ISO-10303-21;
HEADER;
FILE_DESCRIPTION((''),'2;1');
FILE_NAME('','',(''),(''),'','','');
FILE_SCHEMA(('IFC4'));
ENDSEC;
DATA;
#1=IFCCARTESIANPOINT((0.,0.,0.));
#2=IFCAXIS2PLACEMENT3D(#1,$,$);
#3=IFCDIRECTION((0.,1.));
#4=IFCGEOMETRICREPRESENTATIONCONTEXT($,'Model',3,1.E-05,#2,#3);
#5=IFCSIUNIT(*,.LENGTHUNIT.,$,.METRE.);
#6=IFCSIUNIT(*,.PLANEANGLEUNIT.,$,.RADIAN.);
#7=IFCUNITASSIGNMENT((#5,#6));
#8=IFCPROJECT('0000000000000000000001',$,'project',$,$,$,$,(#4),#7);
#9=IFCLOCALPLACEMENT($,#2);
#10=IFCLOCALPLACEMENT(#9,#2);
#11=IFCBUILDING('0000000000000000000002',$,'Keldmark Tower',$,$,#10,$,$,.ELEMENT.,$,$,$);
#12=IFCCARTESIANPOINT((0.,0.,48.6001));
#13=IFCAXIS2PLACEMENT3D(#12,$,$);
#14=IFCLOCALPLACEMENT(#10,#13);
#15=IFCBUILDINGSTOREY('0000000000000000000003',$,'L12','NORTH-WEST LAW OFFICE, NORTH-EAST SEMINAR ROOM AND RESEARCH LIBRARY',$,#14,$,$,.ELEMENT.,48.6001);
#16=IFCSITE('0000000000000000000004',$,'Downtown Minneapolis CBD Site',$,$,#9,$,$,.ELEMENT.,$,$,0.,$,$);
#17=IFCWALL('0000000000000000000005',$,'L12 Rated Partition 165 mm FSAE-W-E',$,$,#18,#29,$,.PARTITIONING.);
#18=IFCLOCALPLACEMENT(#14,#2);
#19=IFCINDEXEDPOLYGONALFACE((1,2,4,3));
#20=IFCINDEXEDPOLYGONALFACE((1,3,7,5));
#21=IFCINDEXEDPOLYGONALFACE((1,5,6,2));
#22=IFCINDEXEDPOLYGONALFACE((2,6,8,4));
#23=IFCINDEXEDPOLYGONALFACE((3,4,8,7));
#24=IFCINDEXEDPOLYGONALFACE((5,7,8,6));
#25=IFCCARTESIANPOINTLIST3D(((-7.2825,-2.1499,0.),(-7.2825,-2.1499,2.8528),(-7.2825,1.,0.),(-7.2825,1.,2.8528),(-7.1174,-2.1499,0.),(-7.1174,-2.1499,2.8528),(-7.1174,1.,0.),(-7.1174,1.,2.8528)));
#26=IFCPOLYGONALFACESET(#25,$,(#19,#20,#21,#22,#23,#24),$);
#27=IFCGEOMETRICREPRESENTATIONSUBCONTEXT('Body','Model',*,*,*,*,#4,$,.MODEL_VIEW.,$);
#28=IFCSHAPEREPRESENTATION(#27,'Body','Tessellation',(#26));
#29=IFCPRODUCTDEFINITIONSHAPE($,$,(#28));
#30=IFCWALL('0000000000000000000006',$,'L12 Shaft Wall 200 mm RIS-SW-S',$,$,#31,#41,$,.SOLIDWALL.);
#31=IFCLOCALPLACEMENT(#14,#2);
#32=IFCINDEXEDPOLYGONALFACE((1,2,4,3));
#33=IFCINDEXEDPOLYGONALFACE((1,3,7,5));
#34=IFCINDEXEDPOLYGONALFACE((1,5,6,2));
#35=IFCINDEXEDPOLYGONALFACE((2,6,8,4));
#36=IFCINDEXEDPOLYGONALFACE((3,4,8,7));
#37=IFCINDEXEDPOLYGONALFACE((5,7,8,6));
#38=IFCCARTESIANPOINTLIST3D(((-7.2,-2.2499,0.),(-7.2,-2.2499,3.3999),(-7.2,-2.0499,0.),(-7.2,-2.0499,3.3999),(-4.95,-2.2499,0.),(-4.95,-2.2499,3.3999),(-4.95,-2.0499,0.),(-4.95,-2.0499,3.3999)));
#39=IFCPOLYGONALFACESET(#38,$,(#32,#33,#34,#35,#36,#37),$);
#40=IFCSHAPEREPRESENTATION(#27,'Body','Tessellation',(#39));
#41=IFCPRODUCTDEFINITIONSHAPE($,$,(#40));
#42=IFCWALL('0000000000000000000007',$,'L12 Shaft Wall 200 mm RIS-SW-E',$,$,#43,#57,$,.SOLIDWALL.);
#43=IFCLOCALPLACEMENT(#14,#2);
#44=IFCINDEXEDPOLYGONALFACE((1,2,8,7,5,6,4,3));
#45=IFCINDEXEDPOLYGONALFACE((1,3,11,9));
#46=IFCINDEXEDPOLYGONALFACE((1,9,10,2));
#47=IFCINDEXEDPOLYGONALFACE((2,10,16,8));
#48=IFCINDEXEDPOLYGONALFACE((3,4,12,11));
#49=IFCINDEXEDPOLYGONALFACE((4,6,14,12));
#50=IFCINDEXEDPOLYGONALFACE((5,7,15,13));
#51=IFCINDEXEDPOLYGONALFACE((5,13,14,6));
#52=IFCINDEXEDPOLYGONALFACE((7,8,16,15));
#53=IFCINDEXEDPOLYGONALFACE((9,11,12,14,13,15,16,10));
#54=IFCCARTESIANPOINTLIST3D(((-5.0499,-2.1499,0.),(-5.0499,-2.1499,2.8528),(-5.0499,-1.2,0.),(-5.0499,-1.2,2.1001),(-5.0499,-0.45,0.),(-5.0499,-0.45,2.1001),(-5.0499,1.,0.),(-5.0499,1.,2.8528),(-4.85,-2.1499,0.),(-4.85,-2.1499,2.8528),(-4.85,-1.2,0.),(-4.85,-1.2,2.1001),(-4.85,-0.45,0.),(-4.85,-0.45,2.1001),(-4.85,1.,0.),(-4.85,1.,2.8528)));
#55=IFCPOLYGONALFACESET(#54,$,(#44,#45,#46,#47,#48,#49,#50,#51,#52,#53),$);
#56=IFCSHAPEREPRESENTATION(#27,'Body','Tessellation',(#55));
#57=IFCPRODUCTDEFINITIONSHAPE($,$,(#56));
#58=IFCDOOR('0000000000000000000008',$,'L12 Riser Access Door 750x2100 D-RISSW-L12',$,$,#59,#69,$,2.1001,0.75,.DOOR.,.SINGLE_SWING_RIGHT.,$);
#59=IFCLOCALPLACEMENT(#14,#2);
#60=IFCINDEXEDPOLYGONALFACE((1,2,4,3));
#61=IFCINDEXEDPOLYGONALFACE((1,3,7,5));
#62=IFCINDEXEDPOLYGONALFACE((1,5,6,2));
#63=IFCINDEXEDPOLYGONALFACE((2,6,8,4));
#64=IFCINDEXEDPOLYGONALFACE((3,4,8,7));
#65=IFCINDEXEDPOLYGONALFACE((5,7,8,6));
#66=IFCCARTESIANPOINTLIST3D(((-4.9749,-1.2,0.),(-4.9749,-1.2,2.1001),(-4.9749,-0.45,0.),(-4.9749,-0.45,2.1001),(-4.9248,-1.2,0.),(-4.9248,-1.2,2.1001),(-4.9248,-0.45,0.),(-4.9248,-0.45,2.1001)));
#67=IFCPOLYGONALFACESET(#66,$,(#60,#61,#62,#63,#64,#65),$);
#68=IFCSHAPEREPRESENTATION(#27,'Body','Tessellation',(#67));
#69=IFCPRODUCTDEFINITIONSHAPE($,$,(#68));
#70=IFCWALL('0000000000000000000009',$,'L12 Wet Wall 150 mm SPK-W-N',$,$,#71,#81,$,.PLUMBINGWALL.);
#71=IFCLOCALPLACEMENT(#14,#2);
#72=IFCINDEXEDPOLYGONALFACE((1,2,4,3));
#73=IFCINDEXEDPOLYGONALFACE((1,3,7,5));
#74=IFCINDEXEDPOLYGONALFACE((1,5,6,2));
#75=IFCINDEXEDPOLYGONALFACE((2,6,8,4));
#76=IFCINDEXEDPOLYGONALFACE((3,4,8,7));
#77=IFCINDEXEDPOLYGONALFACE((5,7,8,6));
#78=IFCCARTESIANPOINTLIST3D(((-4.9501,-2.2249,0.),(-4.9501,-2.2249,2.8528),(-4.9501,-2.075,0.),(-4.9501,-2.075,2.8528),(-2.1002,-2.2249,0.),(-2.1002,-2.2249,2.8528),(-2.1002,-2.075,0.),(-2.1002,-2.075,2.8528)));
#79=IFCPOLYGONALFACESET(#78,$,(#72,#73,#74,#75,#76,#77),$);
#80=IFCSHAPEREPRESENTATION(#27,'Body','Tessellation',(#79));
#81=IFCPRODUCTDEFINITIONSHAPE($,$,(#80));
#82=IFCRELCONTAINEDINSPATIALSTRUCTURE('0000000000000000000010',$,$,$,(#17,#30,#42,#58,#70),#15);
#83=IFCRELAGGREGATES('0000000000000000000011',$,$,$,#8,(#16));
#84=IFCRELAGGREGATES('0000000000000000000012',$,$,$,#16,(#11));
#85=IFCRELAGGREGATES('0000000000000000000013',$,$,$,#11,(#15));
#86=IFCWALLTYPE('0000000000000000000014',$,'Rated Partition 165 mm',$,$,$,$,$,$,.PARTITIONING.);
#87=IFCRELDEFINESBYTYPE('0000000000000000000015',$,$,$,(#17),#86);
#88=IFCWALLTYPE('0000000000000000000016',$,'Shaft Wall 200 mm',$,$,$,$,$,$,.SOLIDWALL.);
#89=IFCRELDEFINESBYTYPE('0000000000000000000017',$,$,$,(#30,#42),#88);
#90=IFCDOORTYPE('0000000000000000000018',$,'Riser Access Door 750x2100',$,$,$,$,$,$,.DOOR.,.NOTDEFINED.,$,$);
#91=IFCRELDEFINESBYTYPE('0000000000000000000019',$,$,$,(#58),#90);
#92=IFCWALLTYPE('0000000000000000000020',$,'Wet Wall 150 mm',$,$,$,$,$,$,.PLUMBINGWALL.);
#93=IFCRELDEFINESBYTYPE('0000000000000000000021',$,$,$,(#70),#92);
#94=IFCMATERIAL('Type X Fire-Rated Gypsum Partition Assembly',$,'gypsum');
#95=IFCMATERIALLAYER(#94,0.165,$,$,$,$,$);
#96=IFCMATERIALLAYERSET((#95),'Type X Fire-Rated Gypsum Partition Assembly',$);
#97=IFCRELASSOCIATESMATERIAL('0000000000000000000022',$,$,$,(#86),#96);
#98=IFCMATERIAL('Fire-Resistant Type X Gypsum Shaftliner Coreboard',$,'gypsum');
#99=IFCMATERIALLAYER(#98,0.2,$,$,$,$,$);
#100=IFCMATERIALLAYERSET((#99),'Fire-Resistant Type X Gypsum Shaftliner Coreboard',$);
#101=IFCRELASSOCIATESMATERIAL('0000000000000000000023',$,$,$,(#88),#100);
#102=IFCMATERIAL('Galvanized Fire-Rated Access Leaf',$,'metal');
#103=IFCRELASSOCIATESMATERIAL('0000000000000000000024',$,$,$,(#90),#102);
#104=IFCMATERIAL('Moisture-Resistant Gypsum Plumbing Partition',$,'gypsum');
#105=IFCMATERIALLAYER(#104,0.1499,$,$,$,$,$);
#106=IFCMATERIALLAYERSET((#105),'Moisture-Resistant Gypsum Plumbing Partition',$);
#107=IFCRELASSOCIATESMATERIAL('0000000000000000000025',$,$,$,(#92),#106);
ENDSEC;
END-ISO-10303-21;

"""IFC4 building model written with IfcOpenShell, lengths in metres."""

from ifc_helpers import new_model, si_unit, direction, frame, frame_2d, origin, place, context, subcontext, project, spatial, rectangle, extrude, material, layer, layer_set, type_object, element, fill, save


model = new_model("IFC4")

# Units and contexts
model_context = context("Model", 3, precision=1e-05, world=origin(), true_north=direction((0.0, 1.0)))
body_context = subcontext(model_context, "Body", "Model", "MODEL_VIEW")
ifc_project = project(units=[si_unit("LENGTHUNIT", "METRE"), si_unit("PLANEANGLEUNIT", "RADIAN")], contexts=[model_context])

# Site, building, storey
site_placement = place(None, origin())
site = spatial("IfcSite", under=ifc_project, at=site_placement, Name="Downtown Minneapolis CBD Site", CompositionType="ELEMENT", RefElevation=0.0)
building_placement = place(site_placement, origin())
building = spatial("IfcBuilding", under=site, at=building_placement, Name="Keldmark Tower", CompositionType="ELEMENT")
storey_placement = place(building_placement, frame((0.0, 0.0, 48.6001)))
storey = spatial("IfcBuildingStorey", under=building, at=storey_placement, Name="L12", Description="NORTH-WEST LAW OFFICE, NORTH-EAST SEMINAR ROOM AND RESEARCH LIBRARY", CompositionType="ELEMENT", Elevation=48.6001)

# Shared definitions
ifc_material_1 = material(Name="Type X Fire-Rated Gypsum Partition Assembly", Category="gypsum")
ifc_layer_1 = layer(ifc_material_1, 0.165)
ifc_layer_set_1 = layer_set([ifc_layer_1], Name="Type X Fire-Rated Gypsum Partition Assembly")
wall_type_1 = type_object("IfcWallType", Name="Rated Partition 165 mm", PredefinedType="PARTITIONING", material=ifc_layer_set_1)

# Walls
wall_1_placement = place(storey_placement, frame((-7.2, -2.1499, 0.0), z_axis=(0.0, 0.0, 1.0), x_axis=(0.0, 1.0, 0.0)))
element("IfcWall", 1, at=wall_1_placement, inside=storey, type_object=wall_type_1, Name="L12 Rated Partition 165 mm FSAE-W-E", PredefinedType="PARTITIONING", context=body_context, shape_type="SweptSolid", body=[
    extrude(rectangle(XDim=3.1499, YDim=0.165, at=frame_2d((1.575, 0.0))), origin(), (0.0, 0.0, 1.0), 2.8528),
])
ifc_material_2 = material(Name="Fire-Resistant Type X Gypsum Shaftliner Coreboard", Category="gypsum")
ifc_layer_2 = layer(ifc_material_2, 0.2)
ifc_layer_set_2 = layer_set([ifc_layer_2], Name="Fire-Resistant Type X Gypsum Shaftliner Coreboard")
wall_type_2 = type_object("IfcWallType", Name="Shaft Wall 200 mm", PredefinedType="SOLIDWALL", material=ifc_layer_set_2)
wall_2_placement = place(storey_placement, frame((-7.2, -2.1499, 0.0), z_axis=(0.0, 0.0, 1.0), x_axis=(1.0, 0.0, 0.0)))
element("IfcWall", 2, at=wall_2_placement, inside=storey, type_object=wall_type_2, Name="L12 Shaft Wall 200 mm RIS-SW-S", PredefinedType="SOLIDWALL", context=body_context, shape_type="SweptSolid", body=[
    extrude(rectangle(XDim=2.25, YDim=0.2, at=frame_2d((1.125, 0.0))), origin(), (0.0, 0.0, 1.0), 3.3999),
])

# Wall, opening, door
wall_3_placement = place(storey_placement, frame((-4.95, -2.1499, 0.0), z_axis=(0.0, 0.0, 1.0), x_axis=(0.0, 1.0, 0.0)))
wall_3 = element("IfcWall", 3, at=wall_3_placement, inside=storey, type_object=wall_type_2, Name="L12 Shaft Wall 200 mm RIS-SW-E", PredefinedType="SOLIDWALL", context=body_context, shape_type="SweptSolid", body=[
    extrude(rectangle(XDim=3.1499, YDim=0.2, at=frame_2d((1.575, 0.0))), origin(), (0.0, 0.0, 1.0), 2.8528),
])
opening_1_placement = place(wall_3_placement, frame((0.95, 0.0, 0.0)))
opening_1 = element("IfcOpeningElement", 4, at=opening_1_placement, cuts=wall_3, PredefinedType="OPENING", context=body_context, shape_type="SweptSolid", body=[
    extrude(rectangle(XDim=0.75, YDim=2.1001, at=frame_2d((0.375, 1.05))), frame((0.0, 0.1099, 0.0), z_axis=(0.0, -1.0, 0.0), x_axis=(1.0, 0.0, 0.0)), (0.0, 0.0, 1.0), 0.22),
])
ifc_material_3 = material(Name="Galvanized Fire-Rated Access Leaf", Category="metal")
door_type_1 = type_object("IfcDoorType", Name="Riser Access Door 750x2100", OperationType="NOTDEFINED", PredefinedType="DOOR", material=ifc_material_3)
door_1_placement = place(opening_1_placement, origin())
door_1 = element("IfcDoor", 5, at=door_1_placement, inside=storey, type_object=door_type_1, Name="L12 Riser Access Door 750x2100 D-RISSW-L12", OperationType="SINGLE_SWING_RIGHT", OverallHeight=2.1001, OverallWidth=0.75, PredefinedType="DOOR", context=body_context, shape_type="SweptSolid", body=[
    extrude(rectangle(XDim=0.75, YDim=2.1001, at=frame_2d((0.375, 1.05))), frame((0.0, 0.0249, 0.0), z_axis=(0.0, -1.0, 0.0), x_axis=(1.0, 0.0, 0.0)), (0.0, 0.0, 1.0), 0.05),
])
fill(opening_1, door_1)

# Wall
ifc_material_4 = material(Name="Moisture-Resistant Gypsum Plumbing Partition", Category="gypsum")
ifc_layer_3 = layer(ifc_material_4, 0.1499)
ifc_layer_set_3 = layer_set([ifc_layer_3], Name="Moisture-Resistant Gypsum Plumbing Partition")
wall_type_3 = type_object("IfcWallType", Name="Wet Wall 150 mm", PredefinedType="PLUMBINGWALL", material=ifc_layer_set_3)
wall_4_placement = place(storey_placement, frame((-4.95, -2.1499, 0.0), z_axis=(0.0, 0.0, 1.0), x_axis=(1.0, 0.0, 0.0)))
element("IfcWall", 6, at=wall_4_placement, inside=storey, type_object=wall_type_3, Name="L12 Wet Wall 150 mm SPK-W-N", PredefinedType="PLUMBINGWALL", context=body_context, shape_type="SweptSolid", body=[
    extrude(rectangle(XDim=2.8499, YDim=0.1499, at=frame_2d((1.4248, 0.0))), origin(), (0.0, 0.0, 1.0), 2.8528),
])

save(model, "model.ifc")
